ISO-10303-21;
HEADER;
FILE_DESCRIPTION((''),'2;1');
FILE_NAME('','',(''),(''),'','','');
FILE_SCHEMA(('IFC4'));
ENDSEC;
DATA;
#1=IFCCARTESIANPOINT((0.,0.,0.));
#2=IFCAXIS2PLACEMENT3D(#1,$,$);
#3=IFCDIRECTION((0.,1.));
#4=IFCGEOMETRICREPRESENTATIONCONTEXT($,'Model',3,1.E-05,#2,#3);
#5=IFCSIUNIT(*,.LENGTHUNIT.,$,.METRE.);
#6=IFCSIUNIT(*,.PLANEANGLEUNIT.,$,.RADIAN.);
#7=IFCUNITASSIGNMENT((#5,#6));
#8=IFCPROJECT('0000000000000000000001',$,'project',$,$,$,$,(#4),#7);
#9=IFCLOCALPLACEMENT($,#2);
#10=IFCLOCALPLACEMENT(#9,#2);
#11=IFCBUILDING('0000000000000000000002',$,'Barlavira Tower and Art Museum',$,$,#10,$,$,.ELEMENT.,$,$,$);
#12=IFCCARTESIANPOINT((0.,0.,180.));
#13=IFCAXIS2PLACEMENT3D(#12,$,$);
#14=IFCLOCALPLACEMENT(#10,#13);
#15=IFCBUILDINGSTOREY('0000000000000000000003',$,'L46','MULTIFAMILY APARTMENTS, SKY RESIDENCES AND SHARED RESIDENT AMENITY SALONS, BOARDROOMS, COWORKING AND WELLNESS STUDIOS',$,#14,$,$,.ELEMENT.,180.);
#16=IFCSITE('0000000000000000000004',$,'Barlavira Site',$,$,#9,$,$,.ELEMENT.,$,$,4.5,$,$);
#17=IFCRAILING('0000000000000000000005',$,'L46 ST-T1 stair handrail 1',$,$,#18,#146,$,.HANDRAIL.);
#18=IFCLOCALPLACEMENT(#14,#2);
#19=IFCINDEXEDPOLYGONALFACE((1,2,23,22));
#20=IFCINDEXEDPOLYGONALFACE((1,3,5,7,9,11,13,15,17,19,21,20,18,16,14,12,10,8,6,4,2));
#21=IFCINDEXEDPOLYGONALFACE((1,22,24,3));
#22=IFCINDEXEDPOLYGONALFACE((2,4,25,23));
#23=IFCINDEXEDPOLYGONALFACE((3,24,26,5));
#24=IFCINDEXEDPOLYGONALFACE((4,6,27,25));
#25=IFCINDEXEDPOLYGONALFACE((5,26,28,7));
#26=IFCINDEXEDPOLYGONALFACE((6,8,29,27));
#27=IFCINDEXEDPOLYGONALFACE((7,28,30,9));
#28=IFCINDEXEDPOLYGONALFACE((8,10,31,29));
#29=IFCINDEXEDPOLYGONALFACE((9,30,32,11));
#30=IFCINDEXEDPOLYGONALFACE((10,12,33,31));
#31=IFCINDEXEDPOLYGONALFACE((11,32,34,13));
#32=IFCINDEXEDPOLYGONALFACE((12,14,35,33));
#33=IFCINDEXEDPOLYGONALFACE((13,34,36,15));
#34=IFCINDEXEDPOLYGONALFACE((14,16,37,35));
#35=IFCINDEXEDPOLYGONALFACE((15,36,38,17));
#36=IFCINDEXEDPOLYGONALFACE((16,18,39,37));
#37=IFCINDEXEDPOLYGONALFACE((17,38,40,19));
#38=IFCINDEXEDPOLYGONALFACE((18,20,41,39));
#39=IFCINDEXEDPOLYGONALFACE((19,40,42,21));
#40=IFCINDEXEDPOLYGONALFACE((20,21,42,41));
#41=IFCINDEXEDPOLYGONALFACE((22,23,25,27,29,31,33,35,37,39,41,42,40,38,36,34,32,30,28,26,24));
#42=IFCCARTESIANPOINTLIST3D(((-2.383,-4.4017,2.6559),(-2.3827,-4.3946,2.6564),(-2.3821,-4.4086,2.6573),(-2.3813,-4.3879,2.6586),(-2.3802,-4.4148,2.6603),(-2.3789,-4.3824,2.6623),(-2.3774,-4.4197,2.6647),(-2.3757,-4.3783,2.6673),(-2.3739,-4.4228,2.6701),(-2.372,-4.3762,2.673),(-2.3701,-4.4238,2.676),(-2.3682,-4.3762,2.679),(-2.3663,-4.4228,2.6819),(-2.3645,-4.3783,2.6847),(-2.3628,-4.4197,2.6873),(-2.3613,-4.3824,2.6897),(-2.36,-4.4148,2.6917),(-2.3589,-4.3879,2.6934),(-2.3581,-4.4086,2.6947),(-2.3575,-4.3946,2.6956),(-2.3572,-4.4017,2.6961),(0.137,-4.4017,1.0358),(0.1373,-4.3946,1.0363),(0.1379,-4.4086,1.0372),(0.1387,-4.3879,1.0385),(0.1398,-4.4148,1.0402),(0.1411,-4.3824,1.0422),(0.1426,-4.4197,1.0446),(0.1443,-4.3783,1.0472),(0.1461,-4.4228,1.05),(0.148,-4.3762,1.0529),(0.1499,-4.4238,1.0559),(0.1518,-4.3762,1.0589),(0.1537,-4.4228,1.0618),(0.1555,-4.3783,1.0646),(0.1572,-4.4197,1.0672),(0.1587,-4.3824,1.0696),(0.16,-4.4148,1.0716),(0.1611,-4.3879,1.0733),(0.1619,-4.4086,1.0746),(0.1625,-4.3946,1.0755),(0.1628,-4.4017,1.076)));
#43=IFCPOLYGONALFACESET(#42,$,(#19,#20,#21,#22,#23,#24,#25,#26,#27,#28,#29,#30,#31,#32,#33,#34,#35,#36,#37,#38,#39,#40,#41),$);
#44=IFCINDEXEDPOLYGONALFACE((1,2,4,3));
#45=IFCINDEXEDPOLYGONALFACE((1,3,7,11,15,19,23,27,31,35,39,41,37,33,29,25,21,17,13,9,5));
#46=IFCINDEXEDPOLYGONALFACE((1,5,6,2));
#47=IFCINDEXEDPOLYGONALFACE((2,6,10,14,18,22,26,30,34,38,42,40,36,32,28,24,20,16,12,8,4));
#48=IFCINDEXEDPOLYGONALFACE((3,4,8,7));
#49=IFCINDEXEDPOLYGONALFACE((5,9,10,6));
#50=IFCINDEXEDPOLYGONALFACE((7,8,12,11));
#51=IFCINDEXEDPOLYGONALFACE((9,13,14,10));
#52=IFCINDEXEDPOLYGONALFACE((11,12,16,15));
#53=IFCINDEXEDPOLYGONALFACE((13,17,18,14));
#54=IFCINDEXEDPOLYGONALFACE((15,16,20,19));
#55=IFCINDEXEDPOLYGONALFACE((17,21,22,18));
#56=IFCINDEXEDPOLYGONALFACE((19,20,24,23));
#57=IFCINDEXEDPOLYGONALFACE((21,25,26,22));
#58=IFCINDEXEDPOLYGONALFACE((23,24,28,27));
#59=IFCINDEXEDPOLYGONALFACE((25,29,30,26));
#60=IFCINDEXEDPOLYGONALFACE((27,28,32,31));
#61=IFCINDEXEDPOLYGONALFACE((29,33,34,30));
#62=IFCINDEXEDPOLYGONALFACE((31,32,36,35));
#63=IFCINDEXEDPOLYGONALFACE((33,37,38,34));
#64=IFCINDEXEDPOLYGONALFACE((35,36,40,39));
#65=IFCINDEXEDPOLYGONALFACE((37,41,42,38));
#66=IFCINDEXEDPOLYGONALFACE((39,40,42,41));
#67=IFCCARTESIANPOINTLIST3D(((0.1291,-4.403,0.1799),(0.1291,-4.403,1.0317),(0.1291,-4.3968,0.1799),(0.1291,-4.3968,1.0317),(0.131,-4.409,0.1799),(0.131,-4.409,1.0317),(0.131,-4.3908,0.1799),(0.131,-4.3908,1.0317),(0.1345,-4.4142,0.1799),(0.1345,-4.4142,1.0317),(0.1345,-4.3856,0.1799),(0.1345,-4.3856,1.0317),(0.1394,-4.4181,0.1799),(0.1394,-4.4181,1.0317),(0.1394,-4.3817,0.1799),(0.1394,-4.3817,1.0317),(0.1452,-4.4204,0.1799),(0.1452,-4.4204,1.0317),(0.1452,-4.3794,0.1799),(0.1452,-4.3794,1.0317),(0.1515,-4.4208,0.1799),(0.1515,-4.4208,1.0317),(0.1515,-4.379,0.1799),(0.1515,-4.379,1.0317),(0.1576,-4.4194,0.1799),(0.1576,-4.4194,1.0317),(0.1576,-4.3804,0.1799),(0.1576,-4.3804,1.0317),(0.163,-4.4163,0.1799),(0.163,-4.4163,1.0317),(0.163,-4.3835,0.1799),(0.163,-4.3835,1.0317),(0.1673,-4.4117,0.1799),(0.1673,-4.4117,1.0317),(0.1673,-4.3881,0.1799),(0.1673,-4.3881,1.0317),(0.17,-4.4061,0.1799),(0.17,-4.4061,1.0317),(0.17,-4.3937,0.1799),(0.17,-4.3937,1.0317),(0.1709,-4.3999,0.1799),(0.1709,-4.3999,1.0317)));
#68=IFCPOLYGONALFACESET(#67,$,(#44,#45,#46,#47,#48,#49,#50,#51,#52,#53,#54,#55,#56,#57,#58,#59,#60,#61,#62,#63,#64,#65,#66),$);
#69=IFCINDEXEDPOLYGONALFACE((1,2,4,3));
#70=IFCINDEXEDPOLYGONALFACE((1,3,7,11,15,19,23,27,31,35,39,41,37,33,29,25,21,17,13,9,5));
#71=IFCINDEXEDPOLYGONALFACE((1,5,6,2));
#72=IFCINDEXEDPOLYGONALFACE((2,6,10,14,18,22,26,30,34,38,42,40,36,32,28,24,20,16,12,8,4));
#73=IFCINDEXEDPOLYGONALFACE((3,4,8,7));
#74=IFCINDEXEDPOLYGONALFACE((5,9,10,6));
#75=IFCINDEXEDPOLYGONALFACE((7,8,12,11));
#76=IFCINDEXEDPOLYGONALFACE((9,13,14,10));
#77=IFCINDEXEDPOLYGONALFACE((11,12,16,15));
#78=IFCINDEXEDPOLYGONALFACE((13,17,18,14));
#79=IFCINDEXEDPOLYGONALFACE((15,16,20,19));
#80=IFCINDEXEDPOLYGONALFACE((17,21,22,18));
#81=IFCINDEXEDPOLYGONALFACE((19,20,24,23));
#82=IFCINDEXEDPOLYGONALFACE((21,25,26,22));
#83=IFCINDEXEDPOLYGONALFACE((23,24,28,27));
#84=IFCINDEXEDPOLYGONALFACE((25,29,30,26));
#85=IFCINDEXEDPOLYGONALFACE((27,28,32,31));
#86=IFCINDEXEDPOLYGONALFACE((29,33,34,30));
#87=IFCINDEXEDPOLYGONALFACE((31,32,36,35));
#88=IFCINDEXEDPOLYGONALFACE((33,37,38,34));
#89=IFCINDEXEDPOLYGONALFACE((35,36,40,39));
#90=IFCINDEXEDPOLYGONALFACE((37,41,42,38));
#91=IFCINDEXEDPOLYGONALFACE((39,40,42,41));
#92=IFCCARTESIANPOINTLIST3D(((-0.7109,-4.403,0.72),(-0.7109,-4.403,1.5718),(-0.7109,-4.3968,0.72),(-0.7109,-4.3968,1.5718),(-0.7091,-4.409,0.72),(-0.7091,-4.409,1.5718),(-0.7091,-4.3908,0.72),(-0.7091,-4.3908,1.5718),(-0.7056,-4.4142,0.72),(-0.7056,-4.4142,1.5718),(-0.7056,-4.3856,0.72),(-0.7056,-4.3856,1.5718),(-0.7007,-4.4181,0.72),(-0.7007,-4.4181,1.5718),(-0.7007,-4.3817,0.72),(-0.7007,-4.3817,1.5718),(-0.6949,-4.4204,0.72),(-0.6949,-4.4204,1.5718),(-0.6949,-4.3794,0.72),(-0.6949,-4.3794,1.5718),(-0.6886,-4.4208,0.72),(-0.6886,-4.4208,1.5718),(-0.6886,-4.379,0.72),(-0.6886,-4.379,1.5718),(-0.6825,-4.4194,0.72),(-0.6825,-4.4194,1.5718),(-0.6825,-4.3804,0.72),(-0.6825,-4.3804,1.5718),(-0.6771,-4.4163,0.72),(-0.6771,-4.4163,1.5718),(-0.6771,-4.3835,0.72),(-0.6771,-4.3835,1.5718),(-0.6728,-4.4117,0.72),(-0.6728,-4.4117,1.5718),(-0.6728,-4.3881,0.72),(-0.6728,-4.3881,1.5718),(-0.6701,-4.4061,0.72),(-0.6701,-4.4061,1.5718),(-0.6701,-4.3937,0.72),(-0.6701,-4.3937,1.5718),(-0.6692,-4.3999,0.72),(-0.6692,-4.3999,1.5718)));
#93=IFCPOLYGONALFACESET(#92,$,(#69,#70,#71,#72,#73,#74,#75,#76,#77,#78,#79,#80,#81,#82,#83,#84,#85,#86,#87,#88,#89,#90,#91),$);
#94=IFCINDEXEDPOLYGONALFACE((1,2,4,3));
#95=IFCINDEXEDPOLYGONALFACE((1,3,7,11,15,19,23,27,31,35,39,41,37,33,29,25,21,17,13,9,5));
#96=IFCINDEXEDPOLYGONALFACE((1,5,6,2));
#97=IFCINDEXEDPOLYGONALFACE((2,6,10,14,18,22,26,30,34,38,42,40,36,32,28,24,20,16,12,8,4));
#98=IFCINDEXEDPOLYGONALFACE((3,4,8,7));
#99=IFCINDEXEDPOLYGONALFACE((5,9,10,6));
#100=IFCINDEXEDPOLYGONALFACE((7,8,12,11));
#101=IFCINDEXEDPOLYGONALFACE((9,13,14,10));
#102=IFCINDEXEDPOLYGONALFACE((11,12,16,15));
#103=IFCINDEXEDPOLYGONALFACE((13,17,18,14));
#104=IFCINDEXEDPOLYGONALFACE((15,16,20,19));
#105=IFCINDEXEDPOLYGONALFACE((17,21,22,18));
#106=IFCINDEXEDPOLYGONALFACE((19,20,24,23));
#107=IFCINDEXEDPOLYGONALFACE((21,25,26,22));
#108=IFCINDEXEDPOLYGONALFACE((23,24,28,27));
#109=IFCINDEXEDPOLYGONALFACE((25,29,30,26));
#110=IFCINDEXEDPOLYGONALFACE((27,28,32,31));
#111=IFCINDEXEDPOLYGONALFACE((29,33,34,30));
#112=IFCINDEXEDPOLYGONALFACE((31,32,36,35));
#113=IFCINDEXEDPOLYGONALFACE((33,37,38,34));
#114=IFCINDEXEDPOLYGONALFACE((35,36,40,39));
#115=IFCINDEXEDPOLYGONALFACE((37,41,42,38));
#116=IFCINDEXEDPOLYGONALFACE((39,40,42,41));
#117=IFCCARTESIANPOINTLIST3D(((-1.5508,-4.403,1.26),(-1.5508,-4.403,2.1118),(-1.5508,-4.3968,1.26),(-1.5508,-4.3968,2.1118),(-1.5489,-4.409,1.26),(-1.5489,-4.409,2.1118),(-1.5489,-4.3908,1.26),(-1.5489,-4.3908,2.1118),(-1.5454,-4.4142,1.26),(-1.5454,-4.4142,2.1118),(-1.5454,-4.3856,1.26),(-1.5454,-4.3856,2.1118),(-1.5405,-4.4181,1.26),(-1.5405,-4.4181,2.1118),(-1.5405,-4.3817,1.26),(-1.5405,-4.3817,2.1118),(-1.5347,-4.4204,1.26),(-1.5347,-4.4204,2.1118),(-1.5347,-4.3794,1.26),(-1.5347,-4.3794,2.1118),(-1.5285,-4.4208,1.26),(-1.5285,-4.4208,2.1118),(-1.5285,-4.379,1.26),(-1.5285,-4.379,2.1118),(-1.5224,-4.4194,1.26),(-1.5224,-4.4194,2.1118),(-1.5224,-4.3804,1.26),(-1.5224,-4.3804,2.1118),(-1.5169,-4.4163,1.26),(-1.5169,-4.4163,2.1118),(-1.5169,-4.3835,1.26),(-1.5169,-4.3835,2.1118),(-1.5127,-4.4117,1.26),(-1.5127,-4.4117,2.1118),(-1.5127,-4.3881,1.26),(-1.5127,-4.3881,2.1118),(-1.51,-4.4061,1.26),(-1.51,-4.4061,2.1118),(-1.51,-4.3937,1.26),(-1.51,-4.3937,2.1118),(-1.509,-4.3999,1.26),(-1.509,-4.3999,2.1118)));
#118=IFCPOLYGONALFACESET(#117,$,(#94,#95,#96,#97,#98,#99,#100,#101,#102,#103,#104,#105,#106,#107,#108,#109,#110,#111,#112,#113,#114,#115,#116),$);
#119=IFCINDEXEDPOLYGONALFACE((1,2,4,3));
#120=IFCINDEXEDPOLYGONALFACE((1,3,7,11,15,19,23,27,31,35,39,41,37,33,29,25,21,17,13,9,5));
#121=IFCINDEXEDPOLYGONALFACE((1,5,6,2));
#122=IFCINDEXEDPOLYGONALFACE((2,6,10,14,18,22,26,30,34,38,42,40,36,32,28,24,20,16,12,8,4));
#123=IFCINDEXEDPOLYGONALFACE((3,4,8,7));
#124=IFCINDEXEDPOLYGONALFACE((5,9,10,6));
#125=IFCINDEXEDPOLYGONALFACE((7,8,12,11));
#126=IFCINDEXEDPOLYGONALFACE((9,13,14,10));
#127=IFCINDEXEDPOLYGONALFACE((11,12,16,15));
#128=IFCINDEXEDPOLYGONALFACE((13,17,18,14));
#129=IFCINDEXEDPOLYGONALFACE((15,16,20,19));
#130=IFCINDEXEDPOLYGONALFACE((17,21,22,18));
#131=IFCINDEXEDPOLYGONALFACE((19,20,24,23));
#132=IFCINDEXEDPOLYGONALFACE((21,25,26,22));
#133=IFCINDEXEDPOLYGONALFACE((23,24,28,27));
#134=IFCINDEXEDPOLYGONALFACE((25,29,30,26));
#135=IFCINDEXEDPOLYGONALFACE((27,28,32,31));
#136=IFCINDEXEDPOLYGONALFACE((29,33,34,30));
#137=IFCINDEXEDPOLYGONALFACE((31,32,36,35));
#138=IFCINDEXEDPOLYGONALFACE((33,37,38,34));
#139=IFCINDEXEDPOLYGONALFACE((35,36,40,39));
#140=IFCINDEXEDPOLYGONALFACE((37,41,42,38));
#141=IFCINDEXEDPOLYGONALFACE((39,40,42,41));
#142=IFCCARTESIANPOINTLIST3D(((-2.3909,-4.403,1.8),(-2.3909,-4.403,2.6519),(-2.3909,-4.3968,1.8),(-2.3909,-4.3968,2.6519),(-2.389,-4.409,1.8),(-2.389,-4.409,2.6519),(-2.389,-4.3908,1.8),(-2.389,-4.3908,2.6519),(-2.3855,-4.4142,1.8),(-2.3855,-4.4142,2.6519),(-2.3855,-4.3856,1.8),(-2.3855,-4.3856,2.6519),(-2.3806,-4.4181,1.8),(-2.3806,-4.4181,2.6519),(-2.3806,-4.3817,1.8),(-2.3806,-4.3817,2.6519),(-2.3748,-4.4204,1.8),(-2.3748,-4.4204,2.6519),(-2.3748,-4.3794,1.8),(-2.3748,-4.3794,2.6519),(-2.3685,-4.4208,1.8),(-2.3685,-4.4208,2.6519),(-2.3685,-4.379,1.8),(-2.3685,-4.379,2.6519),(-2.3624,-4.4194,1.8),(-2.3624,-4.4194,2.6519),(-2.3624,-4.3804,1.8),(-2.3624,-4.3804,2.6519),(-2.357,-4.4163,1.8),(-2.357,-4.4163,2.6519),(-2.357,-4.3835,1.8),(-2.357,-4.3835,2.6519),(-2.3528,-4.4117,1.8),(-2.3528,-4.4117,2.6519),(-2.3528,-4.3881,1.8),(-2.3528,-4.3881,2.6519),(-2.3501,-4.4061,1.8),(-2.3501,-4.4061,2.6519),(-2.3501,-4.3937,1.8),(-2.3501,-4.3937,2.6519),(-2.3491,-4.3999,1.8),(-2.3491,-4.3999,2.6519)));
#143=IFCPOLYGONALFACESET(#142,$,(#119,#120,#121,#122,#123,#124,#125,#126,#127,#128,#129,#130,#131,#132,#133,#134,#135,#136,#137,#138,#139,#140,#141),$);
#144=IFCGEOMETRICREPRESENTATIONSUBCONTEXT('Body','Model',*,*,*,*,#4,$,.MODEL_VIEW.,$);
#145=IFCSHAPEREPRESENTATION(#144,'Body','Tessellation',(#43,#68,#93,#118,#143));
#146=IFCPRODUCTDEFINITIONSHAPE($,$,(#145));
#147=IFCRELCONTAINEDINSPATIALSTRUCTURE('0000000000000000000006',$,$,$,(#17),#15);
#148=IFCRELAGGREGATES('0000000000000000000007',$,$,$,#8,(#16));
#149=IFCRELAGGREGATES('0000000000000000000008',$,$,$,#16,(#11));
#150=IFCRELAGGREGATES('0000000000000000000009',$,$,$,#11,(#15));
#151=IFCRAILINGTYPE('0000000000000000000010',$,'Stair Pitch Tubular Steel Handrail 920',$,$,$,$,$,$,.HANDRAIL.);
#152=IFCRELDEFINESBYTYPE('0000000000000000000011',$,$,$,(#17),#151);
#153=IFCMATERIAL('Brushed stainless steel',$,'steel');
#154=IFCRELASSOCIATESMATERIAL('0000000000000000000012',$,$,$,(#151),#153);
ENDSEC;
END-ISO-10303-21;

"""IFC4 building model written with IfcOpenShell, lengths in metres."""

from ifc_helpers import new_model, si_unit, direction, frame, origin, origin_2d, place, context, subcontext, project, spatial, circle, extrude, material, type_object, element, save


model = new_model("IFC4")

# Units and contexts
model_context = context("Model", 3, precision=1e-05, world=origin(), true_north=direction((0.0, 1.0)))
body_context = subcontext(model_context, "Body", "Model", "MODEL_VIEW")
ifc_project = project(units=[si_unit("LENGTHUNIT", "METRE"), si_unit("PLANEANGLEUNIT", "RADIAN")], contexts=[model_context])

# Site, building, storey
site_placement = place(None, origin())
site = spatial("IfcSite", under=ifc_project, at=site_placement, Name="Barlavira Site", CompositionType="ELEMENT", RefElevation=4.5)
building_placement = place(site_placement, origin())
building = spatial("IfcBuilding", under=site, at=building_placement, Name="Barlavira Tower and Art Museum", CompositionType="ELEMENT")
storey_placement = place(building_placement, frame((0.0, 0.0, 180.0)))
storey = spatial("IfcBuildingStorey", under=building, at=storey_placement, Name="L46", Description="MULTIFAMILY APARTMENTS, SKY RESIDENCES AND SHARED RESIDENT AMENITY SALONS, BOARDROOMS, COWORKING AND WELLNESS STUDIOS", CompositionType="ELEMENT", Elevation=180.0)

# Shared definitions
ifc_material_1 = material(Name="Brushed stainless steel", Category="steel")

# Railing
railing_type_1 = type_object("IfcRailingType", Name="Stair Pitch Tubular Steel Handrail 920", PredefinedType="HANDRAIL", material=ifc_material_1)
railing_1_placement = place(storey_placement, frame((0.1499, -4.3999, 0.1799)))
element("IfcRailing", 1, at=railing_1_placement, inside=storey, type_object=railing_type_1, Name="L46 ST-T1 stair handrail 1", PredefinedType="HANDRAIL", context=body_context, shape_type="SweptSolid", body=[
    extrude(circle(Radius=0.0239, at=origin_2d()), frame((0.0, 0.0, 0.876), z_axis=(-0.841163, 0.0, 0.540782), x_axis=(0.0, -1.0, 0.0)), (0.0, 0.0, 1.0), 2.9958),
    extrude(circle(Radius=0.021, at=origin_2d()), origin(), (0.0, 0.0, 1.0), 0.8518),
    extrude(circle(Radius=0.021, at=origin_2d()), frame((-0.8401, 0.0, 0.54)), (0.0, 0.0, 1.0), 0.8518),
    extrude(circle(Radius=0.021, at=origin_2d()), frame((-1.6799, 0.0, 1.0801)), (0.0, 0.0, 1.0), 0.8518),
    extrude(circle(Radius=0.021, at=origin_2d()), frame((-2.52, 0.0, 1.6201)), (0.0, 0.0, 1.0), 0.8518),
])

save(model, "model.ifc")
